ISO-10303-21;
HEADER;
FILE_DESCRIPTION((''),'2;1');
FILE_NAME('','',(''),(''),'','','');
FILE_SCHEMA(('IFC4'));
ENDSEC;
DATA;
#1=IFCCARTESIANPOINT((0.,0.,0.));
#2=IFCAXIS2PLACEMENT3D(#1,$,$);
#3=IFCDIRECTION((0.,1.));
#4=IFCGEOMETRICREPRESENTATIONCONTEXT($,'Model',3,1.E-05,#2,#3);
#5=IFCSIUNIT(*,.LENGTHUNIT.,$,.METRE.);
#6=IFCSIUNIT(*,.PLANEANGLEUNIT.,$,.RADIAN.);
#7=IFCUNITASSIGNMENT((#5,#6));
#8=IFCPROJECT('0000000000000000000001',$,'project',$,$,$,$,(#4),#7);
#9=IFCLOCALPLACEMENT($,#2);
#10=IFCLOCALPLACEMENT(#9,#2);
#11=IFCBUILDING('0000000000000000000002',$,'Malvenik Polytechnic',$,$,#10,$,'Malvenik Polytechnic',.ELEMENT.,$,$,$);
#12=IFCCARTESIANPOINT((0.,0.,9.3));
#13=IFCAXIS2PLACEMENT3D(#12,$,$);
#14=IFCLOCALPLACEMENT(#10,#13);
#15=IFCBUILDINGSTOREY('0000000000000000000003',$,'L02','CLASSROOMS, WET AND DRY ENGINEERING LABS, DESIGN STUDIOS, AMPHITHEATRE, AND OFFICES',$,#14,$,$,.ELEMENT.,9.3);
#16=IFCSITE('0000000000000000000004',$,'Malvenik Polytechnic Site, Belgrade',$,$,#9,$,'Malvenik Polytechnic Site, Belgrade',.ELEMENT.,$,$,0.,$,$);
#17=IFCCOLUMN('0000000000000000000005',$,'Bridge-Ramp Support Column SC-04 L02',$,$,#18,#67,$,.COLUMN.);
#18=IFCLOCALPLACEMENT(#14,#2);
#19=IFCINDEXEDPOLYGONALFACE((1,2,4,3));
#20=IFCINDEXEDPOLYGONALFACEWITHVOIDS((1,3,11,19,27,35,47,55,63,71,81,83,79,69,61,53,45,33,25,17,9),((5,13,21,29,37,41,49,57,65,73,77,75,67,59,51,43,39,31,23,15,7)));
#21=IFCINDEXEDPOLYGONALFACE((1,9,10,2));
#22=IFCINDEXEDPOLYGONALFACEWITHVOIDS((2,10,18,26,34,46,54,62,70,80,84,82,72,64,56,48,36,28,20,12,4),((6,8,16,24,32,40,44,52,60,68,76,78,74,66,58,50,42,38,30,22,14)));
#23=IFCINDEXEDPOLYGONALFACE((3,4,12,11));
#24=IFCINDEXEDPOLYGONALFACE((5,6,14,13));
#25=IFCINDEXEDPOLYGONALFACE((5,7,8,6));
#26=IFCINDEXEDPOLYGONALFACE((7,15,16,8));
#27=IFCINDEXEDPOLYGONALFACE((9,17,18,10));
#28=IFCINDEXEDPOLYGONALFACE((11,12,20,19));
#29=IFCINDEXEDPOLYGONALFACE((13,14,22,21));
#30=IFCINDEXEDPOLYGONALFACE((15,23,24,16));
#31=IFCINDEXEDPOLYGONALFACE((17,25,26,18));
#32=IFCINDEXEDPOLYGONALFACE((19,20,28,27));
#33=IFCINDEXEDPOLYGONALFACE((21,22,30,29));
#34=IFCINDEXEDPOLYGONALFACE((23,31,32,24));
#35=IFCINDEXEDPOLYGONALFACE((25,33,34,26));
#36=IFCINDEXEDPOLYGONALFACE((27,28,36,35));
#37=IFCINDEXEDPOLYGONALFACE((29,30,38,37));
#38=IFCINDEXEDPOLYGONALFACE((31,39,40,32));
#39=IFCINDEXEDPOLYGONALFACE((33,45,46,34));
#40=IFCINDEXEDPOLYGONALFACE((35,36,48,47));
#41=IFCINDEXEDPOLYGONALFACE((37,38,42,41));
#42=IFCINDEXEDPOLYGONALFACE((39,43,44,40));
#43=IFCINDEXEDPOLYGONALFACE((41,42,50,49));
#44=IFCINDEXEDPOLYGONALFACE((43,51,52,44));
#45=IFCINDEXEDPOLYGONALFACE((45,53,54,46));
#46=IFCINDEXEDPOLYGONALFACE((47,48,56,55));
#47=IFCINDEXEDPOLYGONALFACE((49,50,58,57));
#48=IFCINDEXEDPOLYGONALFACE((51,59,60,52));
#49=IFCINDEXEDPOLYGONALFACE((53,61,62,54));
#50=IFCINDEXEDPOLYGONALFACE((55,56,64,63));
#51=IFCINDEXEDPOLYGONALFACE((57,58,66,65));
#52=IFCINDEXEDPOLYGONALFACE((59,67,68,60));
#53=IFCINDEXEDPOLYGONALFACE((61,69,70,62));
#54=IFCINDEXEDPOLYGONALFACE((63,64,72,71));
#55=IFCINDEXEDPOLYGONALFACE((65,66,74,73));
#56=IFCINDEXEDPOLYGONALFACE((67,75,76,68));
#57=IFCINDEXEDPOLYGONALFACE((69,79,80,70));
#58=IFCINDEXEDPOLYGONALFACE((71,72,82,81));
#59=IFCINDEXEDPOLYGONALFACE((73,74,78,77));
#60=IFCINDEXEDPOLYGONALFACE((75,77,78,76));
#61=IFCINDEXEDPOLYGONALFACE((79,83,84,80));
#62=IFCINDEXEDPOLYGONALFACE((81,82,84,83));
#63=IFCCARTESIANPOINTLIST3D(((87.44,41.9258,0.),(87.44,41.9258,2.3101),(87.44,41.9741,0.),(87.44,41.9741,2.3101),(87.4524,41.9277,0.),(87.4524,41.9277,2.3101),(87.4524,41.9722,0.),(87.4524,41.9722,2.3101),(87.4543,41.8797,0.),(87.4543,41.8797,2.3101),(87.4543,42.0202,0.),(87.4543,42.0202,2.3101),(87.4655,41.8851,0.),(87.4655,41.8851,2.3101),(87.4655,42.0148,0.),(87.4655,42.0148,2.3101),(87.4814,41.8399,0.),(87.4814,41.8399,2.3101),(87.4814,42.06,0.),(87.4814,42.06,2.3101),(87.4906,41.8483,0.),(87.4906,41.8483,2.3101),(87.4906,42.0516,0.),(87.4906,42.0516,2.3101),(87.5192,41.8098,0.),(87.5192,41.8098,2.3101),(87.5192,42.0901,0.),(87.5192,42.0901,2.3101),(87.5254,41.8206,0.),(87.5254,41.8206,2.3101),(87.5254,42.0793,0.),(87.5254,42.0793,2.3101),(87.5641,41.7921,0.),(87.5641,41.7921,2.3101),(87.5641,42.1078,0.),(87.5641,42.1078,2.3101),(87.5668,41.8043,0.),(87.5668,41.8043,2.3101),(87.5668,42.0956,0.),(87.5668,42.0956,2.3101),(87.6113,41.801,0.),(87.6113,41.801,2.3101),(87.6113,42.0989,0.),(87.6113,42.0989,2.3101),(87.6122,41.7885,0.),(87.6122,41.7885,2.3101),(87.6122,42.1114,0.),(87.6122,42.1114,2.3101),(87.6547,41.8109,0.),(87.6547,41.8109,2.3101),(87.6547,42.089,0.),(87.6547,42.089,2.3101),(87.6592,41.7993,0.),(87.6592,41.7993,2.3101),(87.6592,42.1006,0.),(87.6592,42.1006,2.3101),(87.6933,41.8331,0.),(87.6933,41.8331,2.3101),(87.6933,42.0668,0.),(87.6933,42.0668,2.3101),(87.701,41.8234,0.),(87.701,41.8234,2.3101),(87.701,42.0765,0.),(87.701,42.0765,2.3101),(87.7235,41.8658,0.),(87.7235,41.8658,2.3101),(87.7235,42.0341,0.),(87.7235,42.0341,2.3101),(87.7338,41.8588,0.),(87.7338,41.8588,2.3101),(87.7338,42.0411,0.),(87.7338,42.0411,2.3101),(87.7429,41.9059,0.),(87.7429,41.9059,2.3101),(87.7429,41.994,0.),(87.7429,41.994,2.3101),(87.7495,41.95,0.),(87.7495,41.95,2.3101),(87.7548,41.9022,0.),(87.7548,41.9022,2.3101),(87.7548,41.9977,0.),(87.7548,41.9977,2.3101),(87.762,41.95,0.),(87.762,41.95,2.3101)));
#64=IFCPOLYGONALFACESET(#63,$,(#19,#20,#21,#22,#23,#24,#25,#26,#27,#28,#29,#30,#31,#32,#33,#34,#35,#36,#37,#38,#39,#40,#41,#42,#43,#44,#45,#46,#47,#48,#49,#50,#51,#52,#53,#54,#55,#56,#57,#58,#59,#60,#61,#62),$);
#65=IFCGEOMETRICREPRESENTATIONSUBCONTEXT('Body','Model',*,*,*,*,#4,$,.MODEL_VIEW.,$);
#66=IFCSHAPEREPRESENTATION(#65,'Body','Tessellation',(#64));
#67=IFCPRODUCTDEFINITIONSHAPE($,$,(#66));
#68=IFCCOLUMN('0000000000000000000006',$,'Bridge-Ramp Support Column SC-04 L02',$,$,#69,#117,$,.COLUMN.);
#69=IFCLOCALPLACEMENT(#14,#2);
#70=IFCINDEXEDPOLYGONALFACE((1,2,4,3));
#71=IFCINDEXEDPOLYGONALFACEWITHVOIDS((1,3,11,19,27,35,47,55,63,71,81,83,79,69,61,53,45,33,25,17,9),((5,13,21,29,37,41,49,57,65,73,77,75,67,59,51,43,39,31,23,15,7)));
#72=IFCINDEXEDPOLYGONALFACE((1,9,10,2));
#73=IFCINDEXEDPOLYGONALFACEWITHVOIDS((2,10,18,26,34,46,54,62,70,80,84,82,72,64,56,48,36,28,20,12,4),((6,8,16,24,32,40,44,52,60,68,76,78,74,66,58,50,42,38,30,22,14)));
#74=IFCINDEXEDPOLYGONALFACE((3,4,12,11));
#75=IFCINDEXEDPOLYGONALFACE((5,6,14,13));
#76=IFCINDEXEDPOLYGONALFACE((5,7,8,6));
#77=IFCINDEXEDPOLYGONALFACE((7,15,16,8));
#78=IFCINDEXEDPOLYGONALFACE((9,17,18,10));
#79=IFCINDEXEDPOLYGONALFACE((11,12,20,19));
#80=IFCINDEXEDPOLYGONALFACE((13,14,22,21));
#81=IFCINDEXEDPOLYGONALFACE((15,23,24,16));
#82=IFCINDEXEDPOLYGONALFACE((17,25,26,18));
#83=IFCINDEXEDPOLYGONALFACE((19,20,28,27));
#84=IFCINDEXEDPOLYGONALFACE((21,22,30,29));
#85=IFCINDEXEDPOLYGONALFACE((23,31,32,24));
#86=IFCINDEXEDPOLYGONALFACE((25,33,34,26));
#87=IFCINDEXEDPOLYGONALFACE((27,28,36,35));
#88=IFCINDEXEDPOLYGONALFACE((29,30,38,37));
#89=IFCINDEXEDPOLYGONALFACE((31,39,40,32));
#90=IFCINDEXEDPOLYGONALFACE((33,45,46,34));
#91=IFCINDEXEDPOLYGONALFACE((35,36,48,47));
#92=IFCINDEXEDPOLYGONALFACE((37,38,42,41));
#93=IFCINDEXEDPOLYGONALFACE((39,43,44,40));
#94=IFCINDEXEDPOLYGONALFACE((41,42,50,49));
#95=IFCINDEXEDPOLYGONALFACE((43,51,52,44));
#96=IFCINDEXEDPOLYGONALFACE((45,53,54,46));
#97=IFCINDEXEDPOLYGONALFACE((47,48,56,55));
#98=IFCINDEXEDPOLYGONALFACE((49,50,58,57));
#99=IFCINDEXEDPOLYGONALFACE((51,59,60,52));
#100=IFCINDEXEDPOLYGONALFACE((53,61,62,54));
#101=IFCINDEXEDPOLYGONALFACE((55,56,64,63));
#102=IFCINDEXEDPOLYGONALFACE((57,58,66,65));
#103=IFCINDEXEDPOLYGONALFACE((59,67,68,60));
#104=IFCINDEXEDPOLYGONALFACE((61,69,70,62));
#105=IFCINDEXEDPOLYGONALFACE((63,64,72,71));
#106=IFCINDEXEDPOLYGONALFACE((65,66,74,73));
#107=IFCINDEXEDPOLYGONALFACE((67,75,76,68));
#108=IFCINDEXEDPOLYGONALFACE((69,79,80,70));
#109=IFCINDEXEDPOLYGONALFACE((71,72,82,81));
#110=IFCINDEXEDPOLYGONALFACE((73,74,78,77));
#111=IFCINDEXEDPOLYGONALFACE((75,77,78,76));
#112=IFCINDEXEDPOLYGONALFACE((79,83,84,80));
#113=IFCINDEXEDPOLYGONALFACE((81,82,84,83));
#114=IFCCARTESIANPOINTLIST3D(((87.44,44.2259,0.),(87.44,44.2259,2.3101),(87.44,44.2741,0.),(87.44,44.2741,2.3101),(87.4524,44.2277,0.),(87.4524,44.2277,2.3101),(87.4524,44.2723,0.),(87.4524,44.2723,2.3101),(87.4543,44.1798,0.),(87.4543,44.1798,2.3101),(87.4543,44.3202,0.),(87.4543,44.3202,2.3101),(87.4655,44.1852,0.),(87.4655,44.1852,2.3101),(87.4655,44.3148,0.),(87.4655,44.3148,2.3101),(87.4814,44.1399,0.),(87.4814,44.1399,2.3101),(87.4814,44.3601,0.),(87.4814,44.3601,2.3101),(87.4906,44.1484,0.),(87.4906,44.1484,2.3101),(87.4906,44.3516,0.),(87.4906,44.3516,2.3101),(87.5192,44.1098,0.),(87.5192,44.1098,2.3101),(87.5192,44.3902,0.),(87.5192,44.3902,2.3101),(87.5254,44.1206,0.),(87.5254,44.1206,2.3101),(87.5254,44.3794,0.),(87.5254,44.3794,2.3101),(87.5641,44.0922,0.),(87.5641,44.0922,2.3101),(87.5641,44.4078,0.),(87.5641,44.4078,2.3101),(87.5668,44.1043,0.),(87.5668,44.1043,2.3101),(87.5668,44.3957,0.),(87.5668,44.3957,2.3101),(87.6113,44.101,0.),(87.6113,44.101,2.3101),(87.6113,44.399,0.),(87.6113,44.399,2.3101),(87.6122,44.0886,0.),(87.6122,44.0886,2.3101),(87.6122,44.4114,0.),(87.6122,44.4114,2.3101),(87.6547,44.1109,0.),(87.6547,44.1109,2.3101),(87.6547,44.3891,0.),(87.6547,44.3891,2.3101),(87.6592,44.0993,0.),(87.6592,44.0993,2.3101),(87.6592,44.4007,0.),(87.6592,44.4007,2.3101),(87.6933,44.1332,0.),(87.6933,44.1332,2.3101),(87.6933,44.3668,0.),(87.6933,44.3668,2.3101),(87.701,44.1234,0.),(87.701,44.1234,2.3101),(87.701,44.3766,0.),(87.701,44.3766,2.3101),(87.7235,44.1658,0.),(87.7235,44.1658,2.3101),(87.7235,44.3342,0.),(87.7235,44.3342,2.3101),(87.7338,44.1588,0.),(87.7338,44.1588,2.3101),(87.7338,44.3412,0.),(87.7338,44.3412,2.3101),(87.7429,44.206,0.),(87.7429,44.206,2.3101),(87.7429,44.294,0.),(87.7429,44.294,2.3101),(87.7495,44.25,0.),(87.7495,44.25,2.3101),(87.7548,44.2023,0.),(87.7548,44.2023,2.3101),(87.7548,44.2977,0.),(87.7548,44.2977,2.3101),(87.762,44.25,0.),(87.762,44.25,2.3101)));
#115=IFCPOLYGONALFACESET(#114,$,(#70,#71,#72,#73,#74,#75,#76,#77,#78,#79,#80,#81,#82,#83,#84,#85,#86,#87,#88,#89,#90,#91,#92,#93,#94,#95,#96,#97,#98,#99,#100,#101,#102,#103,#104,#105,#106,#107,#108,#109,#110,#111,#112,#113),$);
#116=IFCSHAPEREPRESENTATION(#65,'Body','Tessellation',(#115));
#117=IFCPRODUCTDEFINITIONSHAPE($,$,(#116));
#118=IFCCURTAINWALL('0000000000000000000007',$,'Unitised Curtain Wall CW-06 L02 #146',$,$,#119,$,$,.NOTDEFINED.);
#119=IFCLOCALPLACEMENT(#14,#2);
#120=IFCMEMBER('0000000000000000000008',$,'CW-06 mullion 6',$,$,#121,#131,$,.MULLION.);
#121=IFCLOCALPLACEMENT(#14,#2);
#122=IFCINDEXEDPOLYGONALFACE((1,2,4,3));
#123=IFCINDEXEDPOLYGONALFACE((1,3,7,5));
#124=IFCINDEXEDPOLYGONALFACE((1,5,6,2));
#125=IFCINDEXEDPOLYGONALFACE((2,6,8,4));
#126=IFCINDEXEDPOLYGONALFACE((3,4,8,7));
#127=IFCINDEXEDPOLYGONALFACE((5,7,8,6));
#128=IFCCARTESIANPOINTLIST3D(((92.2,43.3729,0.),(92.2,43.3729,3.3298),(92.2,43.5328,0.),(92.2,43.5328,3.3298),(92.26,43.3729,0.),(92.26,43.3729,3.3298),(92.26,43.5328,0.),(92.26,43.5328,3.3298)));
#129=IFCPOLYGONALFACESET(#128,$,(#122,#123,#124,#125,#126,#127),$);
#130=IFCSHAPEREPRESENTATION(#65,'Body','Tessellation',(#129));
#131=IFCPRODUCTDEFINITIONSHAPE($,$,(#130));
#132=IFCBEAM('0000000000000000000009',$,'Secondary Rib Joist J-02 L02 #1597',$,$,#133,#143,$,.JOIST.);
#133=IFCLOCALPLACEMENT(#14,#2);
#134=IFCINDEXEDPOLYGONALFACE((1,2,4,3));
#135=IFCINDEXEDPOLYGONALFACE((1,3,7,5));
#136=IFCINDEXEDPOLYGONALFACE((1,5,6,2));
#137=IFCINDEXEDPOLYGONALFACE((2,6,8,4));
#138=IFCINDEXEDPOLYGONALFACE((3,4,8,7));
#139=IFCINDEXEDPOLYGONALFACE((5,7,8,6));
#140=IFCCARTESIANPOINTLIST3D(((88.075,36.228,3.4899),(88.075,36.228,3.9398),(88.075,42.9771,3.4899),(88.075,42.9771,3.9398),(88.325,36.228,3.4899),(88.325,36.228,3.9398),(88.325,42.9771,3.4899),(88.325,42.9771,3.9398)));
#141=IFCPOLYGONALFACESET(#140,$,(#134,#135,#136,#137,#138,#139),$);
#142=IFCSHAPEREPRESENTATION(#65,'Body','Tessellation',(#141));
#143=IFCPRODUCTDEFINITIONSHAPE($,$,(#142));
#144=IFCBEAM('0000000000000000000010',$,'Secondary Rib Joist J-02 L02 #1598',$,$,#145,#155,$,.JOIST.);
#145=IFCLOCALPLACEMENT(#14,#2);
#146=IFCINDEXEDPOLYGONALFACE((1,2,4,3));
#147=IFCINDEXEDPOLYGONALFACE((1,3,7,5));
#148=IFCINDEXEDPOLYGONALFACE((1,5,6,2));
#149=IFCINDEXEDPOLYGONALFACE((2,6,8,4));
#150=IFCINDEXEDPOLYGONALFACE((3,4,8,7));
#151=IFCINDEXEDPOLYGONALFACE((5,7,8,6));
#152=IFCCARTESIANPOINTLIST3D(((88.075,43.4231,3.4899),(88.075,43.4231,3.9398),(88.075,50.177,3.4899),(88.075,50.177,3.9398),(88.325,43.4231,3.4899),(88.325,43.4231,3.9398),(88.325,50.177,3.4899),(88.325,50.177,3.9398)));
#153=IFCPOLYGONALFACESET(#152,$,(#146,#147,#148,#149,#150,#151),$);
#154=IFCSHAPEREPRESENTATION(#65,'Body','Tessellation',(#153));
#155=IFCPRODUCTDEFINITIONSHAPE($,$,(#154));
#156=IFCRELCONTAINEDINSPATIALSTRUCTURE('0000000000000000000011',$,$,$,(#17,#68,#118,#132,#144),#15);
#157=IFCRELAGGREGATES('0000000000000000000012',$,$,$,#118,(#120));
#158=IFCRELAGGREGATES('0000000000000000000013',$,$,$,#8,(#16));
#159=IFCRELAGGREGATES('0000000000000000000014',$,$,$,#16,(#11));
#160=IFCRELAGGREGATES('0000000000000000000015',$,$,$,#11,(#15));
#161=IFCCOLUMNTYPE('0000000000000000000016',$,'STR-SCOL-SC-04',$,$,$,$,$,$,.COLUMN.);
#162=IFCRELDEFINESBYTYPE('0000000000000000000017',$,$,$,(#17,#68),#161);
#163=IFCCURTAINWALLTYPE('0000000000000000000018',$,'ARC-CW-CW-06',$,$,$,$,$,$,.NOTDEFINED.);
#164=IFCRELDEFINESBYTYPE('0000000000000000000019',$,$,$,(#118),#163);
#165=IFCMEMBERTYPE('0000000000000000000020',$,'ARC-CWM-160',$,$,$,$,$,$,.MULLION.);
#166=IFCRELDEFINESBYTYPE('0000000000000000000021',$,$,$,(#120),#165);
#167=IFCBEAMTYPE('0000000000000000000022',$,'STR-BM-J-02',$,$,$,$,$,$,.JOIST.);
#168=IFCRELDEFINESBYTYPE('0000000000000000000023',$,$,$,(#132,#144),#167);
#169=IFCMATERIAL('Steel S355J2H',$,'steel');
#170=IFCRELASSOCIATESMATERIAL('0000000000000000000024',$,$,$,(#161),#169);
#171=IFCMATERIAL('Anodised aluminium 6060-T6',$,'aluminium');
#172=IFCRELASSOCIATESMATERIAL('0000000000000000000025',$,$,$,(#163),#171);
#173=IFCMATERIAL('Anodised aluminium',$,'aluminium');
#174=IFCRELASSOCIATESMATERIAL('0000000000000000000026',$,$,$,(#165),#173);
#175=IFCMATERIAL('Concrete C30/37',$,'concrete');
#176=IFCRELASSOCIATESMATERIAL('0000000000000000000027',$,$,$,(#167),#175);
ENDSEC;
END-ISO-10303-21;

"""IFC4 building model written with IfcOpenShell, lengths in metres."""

from ifc_helpers import new_model, si_unit, direction, frame, origin, origin_2d, place, context, subcontext, project, spatial, rectangle, hollow_circle, extrude, material, material_profile, profile_set, type_object, element, aggregate, save


model = new_model("IFC4")

# Units and contexts
model_context = context("Model", 3, precision=1e-05, world=origin(), true_north=direction((0.0, 1.0)))
body_context = subcontext(model_context, "Body", "Model", "MODEL_VIEW")
ifc_project = project(units=[si_unit("LENGTHUNIT", "METRE"), si_unit("PLANEANGLEUNIT", "RADIAN")], contexts=[model_context])

# Site, building, storey
site_placement = place(None, origin())
site = spatial("IfcSite", under=ifc_project, at=site_placement, Name="Malvenik Polytechnic Site, Belgrade", LongName="Malvenik Polytechnic Site, Belgrade", CompositionType="ELEMENT", RefElevation=0.0)
building_placement = place(site_placement, origin())
building = spatial("IfcBuilding", under=site, at=building_placement, Name="Malvenik Polytechnic", LongName="Malvenik Polytechnic", CompositionType="ELEMENT")
storey_placement = place(building_placement, frame((0.0, 0.0, 9.3)))
storey = spatial("IfcBuildingStorey", under=building, at=storey_placement, Name="L02", Description="CLASSROOMS, WET AND DRY ENGINEERING LABS, DESIGN STUDIOS, AMPHITHEATRE, AND OFFICES", CompositionType="ELEMENT", Elevation=9.3)

# Columns
ifc_material_1 = material(Name="Steel S355J2H", Category="steel")
ifc_material_profile_1 = material_profile(ifc_material_1, hollow_circle(Radius=0.1619, WallThickness=0.0125, at=origin_2d()), Name="CHS 323.9x12.5")
ifc_profile_set_1 = profile_set([ifc_material_profile_1], Name="Steel S355J2H")
column_type = type_object("IfcColumnType", Name="STR-SCOL-SC-04", PredefinedType="COLUMN", material=ifc_profile_set_1)
for number, where, z_axis, x_axis, name in (
    (1, (87.6001, 41.95, 0.0), (0.0, 0.0, 1.0), (1.0, 0.0, 0.0), "Bridge-Ramp Support Column SC-04 L02"),
    (2, (87.6001, 44.25, 0.0), (0.0, 0.0, 1.0), (1.0, 0.0, 0.0), "Bridge-Ramp Support Column SC-04 L02"),
):
    element("IfcColumn", number, at=place(storey_placement, frame(where, z_axis=z_axis, x_axis=x_axis)), inside=storey, type_object=column_type, Name=name, PredefinedType="COLUMN", context=body_context, shape_type="SweptSolid", body=[
        extrude(hollow_circle(Radius=0.1619, WallThickness=0.0125, at=origin_2d()), origin(), (0.0, 0.0, 1.0), 2.3101),
    ])

# Curtain wall, member
ifc_material_2 = material(Name="Anodised aluminium 6060-T6", Category="aluminium")
curtain_wall_type = type_object("IfcCurtainWallType", Name="ARC-CW-CW-06", PredefinedType="NOTDEFINED", material=ifc_material_2)
curtain_wall_placement = place(storey_placement, origin())
curtain_wall = element("IfcCurtainWall", 3, at=curtain_wall_placement, inside=storey, type_object=curtain_wall_type, Name="Unitised Curtain Wall CW-06 L02 #146", PredefinedType="NOTDEFINED")
ifc_material_3 = material(Name="Anodised aluminium", Category="aluminium")
ifc_material_profile_2 = material_profile(ifc_material_3, rectangle(XDim=0.0601, YDim=0.1599, at=origin_2d()), Name="ALU MULLION 60x160")
ifc_profile_set_2 = profile_set([ifc_material_profile_2], Name="Anodised aluminium")
member_type_1 = type_object("IfcMemberType", Name="ARC-CWM-160", PredefinedType="MULLION", material=ifc_profile_set_2)
member_1_placement = place(storey_placement, frame((92.23, 43.4529, 0.0), z_axis=(0.0, 0.0, 1.0), x_axis=(1.0, 0.0, 0.0)))
member_1 = element("IfcMember", 4, at=member_1_placement, type_object=member_type_1, Name="CW-06 mullion 6", PredefinedType="MULLION", context=body_context, shape_type="SweptSolid", body=[
    extrude(rectangle(XDim=0.0601, YDim=0.1599, at=origin_2d()), origin(), (0.0, 0.0, 1.0), 3.3298),
])

# Beams
ifc_material_4 = material(Name="Concrete C30/37", Category="concrete")
ifc_material_profile_3 = material_profile(ifc_material_4, rectangle(XDim=0.25, YDim=0.45, at=origin_2d()), Name="RC JST 250x450")
ifc_profile_set_3 = profile_set([ifc_material_profile_3], Name="Concrete C30/37")
beam_type_1 = type_object("IfcBeamType", Name="STR-BM-J-02", PredefinedType="JOIST", material=ifc_profile_set_3)
beam_1_placement = place(storey_placement, frame((88.2, 36.228, 3.7148), z_axis=(0.0, 1.0, 0.0), x_axis=(-1.0, 0.0, 0.0)))
element("IfcBeam", 5, at=beam_1_placement, inside=storey, type_object=beam_type_1, Name="Secondary Rib Joist J-02 L02 #1597", PredefinedType="JOIST", context=body_context, shape_type="SweptSolid", body=[
    extrude(rectangle(XDim=0.25, YDim=0.45, at=origin_2d()), origin(), (0.0, 0.0, 1.0), 6.749),
])
beam_2_placement = place(storey_placement, frame((88.2, 43.4231, 3.7148), z_axis=(0.0, 1.0, 0.0), x_axis=(-1.0, 0.0, 0.0)))
element("IfcBeam", 6, at=beam_2_placement, inside=storey, type_object=beam_type_1, Name="Secondary Rib Joist J-02 L02 #1598", PredefinedType="JOIST", context=body_context, shape_type="SweptSolid", body=[
    extrude(rectangle(XDim=0.25, YDim=0.45, at=origin_2d()), origin(), (0.0, 0.0, 1.0), 6.7539),
])

aggregate(curtain_wall, [member_1])

save(model, "model.ifc")
